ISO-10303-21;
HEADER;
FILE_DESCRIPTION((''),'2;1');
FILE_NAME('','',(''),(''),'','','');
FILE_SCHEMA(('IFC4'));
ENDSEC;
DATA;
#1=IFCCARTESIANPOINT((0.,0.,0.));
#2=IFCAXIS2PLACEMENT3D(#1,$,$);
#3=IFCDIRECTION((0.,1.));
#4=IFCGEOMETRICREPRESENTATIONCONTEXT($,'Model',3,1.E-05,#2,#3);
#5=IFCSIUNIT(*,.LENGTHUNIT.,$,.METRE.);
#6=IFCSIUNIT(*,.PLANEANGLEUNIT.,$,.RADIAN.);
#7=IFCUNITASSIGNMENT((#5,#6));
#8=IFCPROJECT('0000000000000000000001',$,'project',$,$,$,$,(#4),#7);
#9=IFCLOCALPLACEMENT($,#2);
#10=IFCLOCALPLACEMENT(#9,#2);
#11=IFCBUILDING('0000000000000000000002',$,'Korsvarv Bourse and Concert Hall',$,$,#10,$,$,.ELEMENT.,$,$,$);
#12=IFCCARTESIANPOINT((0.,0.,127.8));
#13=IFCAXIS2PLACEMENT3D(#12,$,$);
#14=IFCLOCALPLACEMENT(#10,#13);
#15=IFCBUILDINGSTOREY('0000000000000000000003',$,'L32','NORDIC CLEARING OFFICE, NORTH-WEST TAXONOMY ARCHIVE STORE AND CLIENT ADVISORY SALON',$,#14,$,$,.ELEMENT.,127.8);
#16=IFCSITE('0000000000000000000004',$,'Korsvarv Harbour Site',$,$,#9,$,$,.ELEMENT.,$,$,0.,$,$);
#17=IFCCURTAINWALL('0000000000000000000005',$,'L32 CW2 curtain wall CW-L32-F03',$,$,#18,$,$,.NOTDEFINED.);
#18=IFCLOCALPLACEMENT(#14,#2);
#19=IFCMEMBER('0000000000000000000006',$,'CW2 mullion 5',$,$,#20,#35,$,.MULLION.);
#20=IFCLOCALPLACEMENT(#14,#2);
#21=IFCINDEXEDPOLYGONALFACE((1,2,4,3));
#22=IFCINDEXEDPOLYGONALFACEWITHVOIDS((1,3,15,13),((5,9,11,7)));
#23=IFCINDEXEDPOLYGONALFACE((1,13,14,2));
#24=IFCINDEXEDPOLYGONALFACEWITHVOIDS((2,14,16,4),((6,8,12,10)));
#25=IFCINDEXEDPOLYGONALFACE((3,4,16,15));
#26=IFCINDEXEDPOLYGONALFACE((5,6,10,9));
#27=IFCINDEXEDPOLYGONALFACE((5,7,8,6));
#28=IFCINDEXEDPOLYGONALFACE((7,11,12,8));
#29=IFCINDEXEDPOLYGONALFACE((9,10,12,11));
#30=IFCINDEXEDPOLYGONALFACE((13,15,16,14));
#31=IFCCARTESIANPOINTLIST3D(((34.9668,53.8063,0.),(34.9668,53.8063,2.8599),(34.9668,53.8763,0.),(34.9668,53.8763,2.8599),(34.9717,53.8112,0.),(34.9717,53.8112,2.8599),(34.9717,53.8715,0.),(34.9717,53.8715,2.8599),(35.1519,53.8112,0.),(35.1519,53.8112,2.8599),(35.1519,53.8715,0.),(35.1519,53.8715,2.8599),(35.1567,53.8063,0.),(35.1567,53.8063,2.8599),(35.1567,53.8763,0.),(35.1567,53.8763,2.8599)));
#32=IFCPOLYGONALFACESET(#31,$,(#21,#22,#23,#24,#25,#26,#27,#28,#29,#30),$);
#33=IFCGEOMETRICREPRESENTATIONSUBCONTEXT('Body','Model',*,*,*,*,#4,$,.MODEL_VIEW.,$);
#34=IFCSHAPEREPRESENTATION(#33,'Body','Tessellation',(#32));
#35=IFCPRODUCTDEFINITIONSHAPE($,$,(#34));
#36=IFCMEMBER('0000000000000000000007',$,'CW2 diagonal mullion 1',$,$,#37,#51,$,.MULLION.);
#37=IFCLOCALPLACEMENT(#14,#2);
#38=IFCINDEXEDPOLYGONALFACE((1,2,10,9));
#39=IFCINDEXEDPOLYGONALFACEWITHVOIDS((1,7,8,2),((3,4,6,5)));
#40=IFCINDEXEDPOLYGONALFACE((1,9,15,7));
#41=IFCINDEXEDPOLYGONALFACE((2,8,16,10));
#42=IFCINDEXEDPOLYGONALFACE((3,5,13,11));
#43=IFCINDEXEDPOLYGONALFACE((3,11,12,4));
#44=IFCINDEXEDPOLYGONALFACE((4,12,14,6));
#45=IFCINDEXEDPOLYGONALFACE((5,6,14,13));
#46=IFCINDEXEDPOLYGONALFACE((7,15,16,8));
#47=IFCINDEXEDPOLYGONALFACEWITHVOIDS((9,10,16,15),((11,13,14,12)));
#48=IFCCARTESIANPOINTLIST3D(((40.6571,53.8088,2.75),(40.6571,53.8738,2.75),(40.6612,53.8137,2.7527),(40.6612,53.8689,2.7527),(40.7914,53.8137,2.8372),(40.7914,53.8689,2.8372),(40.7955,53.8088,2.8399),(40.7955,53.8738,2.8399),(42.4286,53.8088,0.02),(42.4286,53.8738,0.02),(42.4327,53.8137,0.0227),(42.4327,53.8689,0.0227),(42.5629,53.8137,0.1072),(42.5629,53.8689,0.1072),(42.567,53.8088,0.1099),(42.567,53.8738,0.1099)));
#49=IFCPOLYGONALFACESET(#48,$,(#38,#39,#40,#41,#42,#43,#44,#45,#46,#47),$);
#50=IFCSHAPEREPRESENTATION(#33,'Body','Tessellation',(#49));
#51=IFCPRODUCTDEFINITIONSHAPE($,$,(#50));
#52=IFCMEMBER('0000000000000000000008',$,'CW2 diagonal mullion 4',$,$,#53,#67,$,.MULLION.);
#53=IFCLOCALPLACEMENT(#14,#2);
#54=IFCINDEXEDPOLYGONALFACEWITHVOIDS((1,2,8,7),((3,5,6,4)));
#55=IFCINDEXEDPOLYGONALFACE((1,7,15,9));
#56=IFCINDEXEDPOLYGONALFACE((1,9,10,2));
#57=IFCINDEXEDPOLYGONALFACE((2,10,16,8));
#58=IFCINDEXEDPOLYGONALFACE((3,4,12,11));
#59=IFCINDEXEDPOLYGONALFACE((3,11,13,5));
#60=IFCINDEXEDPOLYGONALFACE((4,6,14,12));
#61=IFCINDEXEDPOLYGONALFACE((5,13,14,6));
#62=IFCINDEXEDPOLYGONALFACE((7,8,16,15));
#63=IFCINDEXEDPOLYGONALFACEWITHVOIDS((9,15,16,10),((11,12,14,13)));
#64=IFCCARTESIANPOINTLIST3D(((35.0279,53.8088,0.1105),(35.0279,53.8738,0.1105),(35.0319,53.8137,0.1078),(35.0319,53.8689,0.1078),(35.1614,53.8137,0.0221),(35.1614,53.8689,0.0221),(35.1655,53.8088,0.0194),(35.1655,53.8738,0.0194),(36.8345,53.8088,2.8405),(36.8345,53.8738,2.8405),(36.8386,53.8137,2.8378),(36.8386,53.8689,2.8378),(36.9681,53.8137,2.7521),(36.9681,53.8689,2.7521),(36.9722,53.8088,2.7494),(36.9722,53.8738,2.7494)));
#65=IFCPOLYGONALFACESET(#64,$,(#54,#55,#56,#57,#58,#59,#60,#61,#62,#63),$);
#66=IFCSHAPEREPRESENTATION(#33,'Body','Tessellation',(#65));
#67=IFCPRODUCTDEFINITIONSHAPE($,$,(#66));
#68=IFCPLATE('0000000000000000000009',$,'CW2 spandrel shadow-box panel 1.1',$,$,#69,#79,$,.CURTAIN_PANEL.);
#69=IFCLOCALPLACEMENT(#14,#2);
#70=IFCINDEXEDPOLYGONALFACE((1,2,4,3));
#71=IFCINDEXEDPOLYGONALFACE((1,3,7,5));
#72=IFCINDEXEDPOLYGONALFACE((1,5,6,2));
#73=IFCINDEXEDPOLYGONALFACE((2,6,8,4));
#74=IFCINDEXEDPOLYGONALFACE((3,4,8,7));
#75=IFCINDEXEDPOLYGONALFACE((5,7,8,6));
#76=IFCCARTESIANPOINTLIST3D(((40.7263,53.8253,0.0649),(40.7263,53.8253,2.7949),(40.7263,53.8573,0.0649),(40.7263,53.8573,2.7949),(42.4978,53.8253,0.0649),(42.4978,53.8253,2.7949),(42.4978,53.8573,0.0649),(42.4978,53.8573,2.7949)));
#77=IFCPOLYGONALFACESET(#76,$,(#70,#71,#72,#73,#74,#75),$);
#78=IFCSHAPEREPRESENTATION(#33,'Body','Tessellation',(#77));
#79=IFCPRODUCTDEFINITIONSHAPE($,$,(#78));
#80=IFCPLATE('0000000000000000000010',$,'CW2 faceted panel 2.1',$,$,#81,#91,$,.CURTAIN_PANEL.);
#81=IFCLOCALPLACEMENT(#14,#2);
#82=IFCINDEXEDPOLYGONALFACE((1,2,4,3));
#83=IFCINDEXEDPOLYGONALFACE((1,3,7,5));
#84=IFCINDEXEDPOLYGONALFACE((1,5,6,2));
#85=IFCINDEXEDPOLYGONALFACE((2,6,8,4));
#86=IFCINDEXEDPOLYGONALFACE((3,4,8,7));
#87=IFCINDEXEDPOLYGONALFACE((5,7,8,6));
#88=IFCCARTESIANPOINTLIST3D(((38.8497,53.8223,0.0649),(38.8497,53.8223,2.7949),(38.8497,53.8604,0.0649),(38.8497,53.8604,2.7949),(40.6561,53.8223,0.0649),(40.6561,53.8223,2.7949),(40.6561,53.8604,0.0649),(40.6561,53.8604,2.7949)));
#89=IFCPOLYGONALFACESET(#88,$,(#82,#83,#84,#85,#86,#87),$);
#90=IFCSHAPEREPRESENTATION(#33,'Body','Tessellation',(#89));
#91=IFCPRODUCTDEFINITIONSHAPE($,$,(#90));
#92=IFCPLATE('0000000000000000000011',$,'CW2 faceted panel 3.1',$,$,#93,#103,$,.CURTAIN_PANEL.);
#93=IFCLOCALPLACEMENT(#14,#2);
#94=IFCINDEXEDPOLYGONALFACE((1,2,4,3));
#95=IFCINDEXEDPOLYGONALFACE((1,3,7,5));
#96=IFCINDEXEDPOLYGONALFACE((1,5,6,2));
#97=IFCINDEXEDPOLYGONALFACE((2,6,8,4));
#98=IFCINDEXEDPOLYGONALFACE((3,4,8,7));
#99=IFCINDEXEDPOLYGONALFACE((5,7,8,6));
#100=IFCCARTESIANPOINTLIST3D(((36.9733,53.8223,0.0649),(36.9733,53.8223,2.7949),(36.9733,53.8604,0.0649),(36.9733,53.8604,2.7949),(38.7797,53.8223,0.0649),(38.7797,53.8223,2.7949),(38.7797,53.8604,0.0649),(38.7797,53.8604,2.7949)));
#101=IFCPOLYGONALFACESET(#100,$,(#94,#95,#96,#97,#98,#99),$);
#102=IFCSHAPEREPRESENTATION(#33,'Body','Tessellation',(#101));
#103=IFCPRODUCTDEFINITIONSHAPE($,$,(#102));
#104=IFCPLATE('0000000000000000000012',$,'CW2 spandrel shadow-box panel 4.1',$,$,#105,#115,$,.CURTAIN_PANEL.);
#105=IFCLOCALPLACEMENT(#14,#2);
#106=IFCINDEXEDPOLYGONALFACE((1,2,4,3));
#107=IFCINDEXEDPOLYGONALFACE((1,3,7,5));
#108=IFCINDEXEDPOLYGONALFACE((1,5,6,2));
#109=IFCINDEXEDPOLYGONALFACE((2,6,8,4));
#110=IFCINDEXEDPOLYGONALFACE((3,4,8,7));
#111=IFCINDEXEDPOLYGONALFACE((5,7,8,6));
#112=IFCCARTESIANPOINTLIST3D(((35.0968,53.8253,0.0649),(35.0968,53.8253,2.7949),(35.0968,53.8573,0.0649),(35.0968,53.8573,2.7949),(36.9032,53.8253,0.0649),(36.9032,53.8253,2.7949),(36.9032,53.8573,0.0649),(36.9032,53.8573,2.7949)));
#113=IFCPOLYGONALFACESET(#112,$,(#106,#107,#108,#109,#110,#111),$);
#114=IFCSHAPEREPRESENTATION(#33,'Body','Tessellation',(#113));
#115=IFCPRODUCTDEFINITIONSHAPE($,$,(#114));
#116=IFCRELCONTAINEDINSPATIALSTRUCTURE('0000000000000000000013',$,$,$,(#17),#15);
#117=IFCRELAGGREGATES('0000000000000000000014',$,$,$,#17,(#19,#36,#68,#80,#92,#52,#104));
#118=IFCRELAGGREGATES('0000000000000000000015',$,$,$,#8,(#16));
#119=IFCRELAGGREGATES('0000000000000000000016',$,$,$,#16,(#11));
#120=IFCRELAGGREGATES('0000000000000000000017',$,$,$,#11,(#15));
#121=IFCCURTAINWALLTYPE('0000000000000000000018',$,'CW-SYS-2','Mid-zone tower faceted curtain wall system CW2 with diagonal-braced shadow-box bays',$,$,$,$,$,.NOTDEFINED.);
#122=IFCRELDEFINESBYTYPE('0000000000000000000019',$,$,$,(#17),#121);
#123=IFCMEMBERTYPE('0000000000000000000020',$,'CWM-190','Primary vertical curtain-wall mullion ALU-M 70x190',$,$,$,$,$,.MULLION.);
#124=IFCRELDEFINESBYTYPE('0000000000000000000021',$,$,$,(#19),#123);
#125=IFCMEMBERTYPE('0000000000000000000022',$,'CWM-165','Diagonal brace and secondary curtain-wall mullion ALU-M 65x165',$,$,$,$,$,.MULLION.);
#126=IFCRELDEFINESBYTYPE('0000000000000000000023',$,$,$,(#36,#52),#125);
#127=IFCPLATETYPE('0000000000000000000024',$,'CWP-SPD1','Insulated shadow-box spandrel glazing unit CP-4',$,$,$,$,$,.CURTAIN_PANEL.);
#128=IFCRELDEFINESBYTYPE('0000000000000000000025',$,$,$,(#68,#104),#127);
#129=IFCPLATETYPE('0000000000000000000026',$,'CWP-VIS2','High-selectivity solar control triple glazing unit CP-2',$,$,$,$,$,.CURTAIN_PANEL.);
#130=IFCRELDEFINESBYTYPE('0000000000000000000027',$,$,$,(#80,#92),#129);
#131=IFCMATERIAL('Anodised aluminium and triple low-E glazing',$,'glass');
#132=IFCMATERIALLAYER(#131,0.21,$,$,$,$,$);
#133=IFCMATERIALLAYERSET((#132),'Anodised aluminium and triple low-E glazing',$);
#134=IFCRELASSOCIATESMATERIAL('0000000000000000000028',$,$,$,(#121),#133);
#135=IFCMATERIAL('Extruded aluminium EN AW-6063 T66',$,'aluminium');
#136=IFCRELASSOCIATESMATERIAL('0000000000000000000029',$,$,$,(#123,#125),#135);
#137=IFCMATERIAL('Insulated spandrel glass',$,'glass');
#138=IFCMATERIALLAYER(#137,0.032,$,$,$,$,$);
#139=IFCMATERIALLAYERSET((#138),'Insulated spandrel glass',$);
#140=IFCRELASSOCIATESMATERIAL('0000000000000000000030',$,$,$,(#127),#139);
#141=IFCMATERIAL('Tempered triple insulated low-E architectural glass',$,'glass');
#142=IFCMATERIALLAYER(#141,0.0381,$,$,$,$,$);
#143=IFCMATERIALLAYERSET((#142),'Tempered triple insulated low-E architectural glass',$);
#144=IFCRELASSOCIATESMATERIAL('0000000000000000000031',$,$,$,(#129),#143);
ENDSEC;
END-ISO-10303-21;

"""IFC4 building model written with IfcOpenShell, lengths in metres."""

from ifc_helpers import new_model, si_unit, direction, frame, origin, origin_2d, place, context, subcontext, project, spatial, rectangle, hollow_rectangle, extrude, source, transform, mapped, material, layer, layer_set, material_profile, profile_set, type_object, element, aggregate, save


model = new_model("IFC4")

# Units and contexts
model_context = context("Model", 3, precision=1e-05, world=origin(), true_north=direction((0.0, 1.0)))
body_context = subcontext(model_context, "Body", "Model", "MODEL_VIEW")
ifc_project = project(units=[si_unit("LENGTHUNIT", "METRE"), si_unit("PLANEANGLEUNIT", "RADIAN")], contexts=[model_context])

# Site, building, storey
site_placement = place(None, origin())
site = spatial("IfcSite", under=ifc_project, at=site_placement, Name="Korsvarv Harbour Site", CompositionType="ELEMENT", RefElevation=0.0)
building_placement = place(site_placement, origin())
building = spatial("IfcBuilding", under=site, at=building_placement, Name="Korsvarv Bourse and Concert Hall", CompositionType="ELEMENT")
storey_placement = place(building_placement, frame((0.0, 0.0, 127.8)))
storey = spatial("IfcBuildingStorey", under=building, at=storey_placement, Name="L32", Description="NORDIC CLEARING OFFICE, NORTH-WEST TAXONOMY ARCHIVE STORE AND CLIENT ADVISORY SALON", CompositionType="ELEMENT", Elevation=127.8)

# Curtain wall, members, plates
ifc_material_1 = material(Name="Anodised aluminium and triple low-E glazing", Category="glass")
ifc_layer_1 = layer(ifc_material_1, 0.21)
ifc_layer_set_1 = layer_set([ifc_layer_1], Name="Anodised aluminium and triple low-E glazing")
curtain_wall_type = type_object("IfcCurtainWallType", Name="CW-SYS-2", Description="Mid-zone tower faceted curtain wall system CW2 with diagonal-braced shadow-box bays", PredefinedType="NOTDEFINED", material=ifc_layer_set_1)
curtain_wall_placement = place(storey_placement, origin())
curtain_wall = element("IfcCurtainWall", 1, at=curtain_wall_placement, inside=storey, type_object=curtain_wall_type, Name="L32 CW2 curtain wall CW-L32-F03", PredefinedType="NOTDEFINED")
ifc_material_2 = material(Name="Extruded aluminium EN AW-6063 T66", Category="aluminium")
ifc_material_profile_1 = material_profile(ifc_material_2, hollow_rectangle(XDim=0.0701, YDim=0.1899, WallThickness=0.0049, at=origin_2d()), Name="ALU-M 70x190")
ifc_profile_set_1 = profile_set([ifc_material_profile_1], Name="Extruded aluminium EN AW-6063 T66")
member_type_1 = type_object("IfcMemberType", Name="CWM-190", Description="Primary vertical curtain-wall mullion ALU-M 70x190", PredefinedType="MULLION", material=ifc_profile_set_1)
shared_shape_1 = source(origin(), body_context, "Body", "SweptSolid", [
    extrude(hollow_rectangle(XDim=0.0701, YDim=0.1899, WallThickness=0.0049, at=origin_2d()), origin(), (0.0, 0.0, 1.0), 2.8599),
])
member_1_placement = place(storey_placement, frame((35.0618, 53.8413, 0.0), z_axis=(0.0, 0.0, 1.0), x_axis=(0.0, -1.0, 0.0)))
member_1 = element("IfcMember", 2, at=member_1_placement, type_object=member_type_1, Name="CW2 mullion 5", PredefinedType="MULLION", context=body_context, shape_type="MappedRepresentation", body=[
    mapped(shared_shape_1, transform((0.0, 0.0, 0.0), scale=1.0)),
])
ifc_material_profile_2 = material_profile(ifc_material_2, hollow_rectangle(XDim=0.0649, YDim=0.165, WallThickness=0.0049, at=origin_2d()), Name="ALU-M 65x165")
ifc_profile_set_2 = profile_set([ifc_material_profile_2], Name="Extruded aluminium EN AW-6063 T66")
member_type_2 = type_object("IfcMemberType", Name="CWM-165", Description="Diagonal brace and secondary curtain-wall mullion ALU-M 65x165", PredefinedType="MULLION", material=ifc_profile_set_2)
shared_shape_2 = source(origin(), body_context, "Body", "SweptSolid", [
    extrude(hollow_rectangle(XDim=0.0649, YDim=0.165, WallThickness=0.0049, at=origin_2d()), origin(), (0.0, 0.0, 1.0), 3.2544),
])
member_2_placement = place(storey_placement, frame((42.4978, 53.8413, 0.0649), z_axis=(-0.54434, 0.0, 0.838865), x_axis=(0.0, -1.0, 0.0)))
member_2 = element("IfcMember", 3, at=member_2_placement, type_object=member_type_2, Name="CW2 diagonal mullion 1", PredefinedType="MULLION", context=body_context, shape_type="MappedRepresentation", body=[
    mapped(shared_shape_2, transform((0.0, 0.0, 0.0), scale=1.0)),
])
shared_shape_3 = source(origin(), body_context, "Body", "SweptSolid", [
    extrude(hollow_rectangle(XDim=0.0649, YDim=0.165, WallThickness=0.0049, at=origin_2d()), origin(), (0.0, 0.0, 1.0), 3.2737),
])
member_3_placement = place(storey_placement, frame((35.0967, 53.8413, 0.0649), z_axis=(0.551875, 0.0, 0.833927), x_axis=(0.0, 1.0, 0.0)))
member_3 = element("IfcMember", 4, at=member_3_placement, type_object=member_type_2, Name="CW2 diagonal mullion 4", PredefinedType="MULLION", context=body_context, shape_type="MappedRepresentation", body=[
    mapped(shared_shape_3, transform((0.0, 0.0, 0.0), scale=1.0)),
])
ifc_material_3 = material(Name="Insulated spandrel glass", Category="glass")
ifc_layer_2 = layer(ifc_material_3, 0.032)
ifc_layer_set_2 = layer_set([ifc_layer_2], Name="Insulated spandrel glass")
plate_type_1 = type_object("IfcPlateType", Name="CWP-SPD1", Description="Insulated shadow-box spandrel glazing unit CP-4", PredefinedType="CURTAIN_PANEL", material=ifc_layer_set_2)
shared_shape_4 = source(origin(), body_context, "Body", "SweptSolid", [
    extrude(rectangle(XDim=1.7715, YDim=0.032, at=origin_2d()), origin(), (0.0, 0.0, 1.0), 2.73),
])
plate_1_placement = place(storey_placement, frame((41.6121, 53.8413, 0.0649), z_axis=(0.0, 0.0, 1.0), x_axis=(-1.0, 0.0, 0.0)))
plate_1 = element("IfcPlate", 5, at=plate_1_placement, type_object=plate_type_1, Name="CW2 spandrel shadow-box panel 1.1", PredefinedType="CURTAIN_PANEL", context=body_context, shape_type="MappedRepresentation", body=[
    mapped(shared_shape_4, transform((0.0, 0.0, 0.0), scale=1.0)),
])
ifc_material_4 = material(Name="Tempered triple insulated low-E architectural glass", Category="glass")
ifc_layer_3 = layer(ifc_material_4, 0.0381)
ifc_layer_set_3 = layer_set([ifc_layer_3], Name="Tempered triple insulated low-E architectural glass")
plate_type_2 = type_object("IfcPlateType", Name="CWP-VIS2", Description="High-selectivity solar control triple glazing unit CP-2", PredefinedType="CURTAIN_PANEL", material=ifc_layer_set_3)
shared_shape_5 = source(origin(), body_context, "Body", "SweptSolid", [
    extrude(rectangle(XDim=1.8064, YDim=0.0381, at=origin_2d()), origin(), (0.0, 0.0, 1.0), 2.73),
])
plate_2_placement = place(storey_placement, frame((39.7529, 53.8413, 0.0649), z_axis=(0.0, 0.0, 1.0), x_axis=(-1.0, 0.0, 0.0)))
plate_2 = element("IfcPlate", 6, at=plate_2_placement, type_object=plate_type_2, Name="CW2 faceted panel 2.1", PredefinedType="CURTAIN_PANEL", context=body_context, shape_type="MappedRepresentation", body=[
    mapped(shared_shape_5, transform((0.0, 0.0, 0.0), scale=1.0)),
])
plate_3_placement = place(storey_placement, frame((37.8765, 53.8413, 0.0649), z_axis=(0.0, 0.0, 1.0), x_axis=(-1.0, 0.0, 0.0)))
plate_3 = element("IfcPlate", 7, at=plate_3_placement, type_object=plate_type_2, Name="CW2 faceted panel 3.1", PredefinedType="CURTAIN_PANEL", context=body_context, shape_type="MappedRepresentation", body=[
    mapped(shared_shape_5, transform((0.0, 0.0, 0.0), scale=1.0)),
])
shared_shape_6 = source(origin(), body_context, "Body", "SweptSolid", [
    extrude(rectangle(XDim=1.8064, YDim=0.032, at=origin_2d()), origin(), (0.0, 0.0, 1.0), 2.73),
])
plate_4_placement = place(storey_placement, frame((36.0, 53.8413, 0.0649), z_axis=(0.0, 0.0, 1.0), x_axis=(-1.0, 0.0, 0.0)))
plate_4 = element("IfcPlate", 8, at=plate_4_placement, type_object=plate_type_1, Name="CW2 spandrel shadow-box panel 4.1", PredefinedType="CURTAIN_PANEL", context=body_context, shape_type="MappedRepresentation", body=[
    mapped(shared_shape_6, transform((0.0, 0.0, 0.0), scale=1.0)),
])
aggregate(curtain_wall, [member_1, member_2, plate_1, plate_2, plate_3, member_3, plate_4])

save(model, "model.ifc")
